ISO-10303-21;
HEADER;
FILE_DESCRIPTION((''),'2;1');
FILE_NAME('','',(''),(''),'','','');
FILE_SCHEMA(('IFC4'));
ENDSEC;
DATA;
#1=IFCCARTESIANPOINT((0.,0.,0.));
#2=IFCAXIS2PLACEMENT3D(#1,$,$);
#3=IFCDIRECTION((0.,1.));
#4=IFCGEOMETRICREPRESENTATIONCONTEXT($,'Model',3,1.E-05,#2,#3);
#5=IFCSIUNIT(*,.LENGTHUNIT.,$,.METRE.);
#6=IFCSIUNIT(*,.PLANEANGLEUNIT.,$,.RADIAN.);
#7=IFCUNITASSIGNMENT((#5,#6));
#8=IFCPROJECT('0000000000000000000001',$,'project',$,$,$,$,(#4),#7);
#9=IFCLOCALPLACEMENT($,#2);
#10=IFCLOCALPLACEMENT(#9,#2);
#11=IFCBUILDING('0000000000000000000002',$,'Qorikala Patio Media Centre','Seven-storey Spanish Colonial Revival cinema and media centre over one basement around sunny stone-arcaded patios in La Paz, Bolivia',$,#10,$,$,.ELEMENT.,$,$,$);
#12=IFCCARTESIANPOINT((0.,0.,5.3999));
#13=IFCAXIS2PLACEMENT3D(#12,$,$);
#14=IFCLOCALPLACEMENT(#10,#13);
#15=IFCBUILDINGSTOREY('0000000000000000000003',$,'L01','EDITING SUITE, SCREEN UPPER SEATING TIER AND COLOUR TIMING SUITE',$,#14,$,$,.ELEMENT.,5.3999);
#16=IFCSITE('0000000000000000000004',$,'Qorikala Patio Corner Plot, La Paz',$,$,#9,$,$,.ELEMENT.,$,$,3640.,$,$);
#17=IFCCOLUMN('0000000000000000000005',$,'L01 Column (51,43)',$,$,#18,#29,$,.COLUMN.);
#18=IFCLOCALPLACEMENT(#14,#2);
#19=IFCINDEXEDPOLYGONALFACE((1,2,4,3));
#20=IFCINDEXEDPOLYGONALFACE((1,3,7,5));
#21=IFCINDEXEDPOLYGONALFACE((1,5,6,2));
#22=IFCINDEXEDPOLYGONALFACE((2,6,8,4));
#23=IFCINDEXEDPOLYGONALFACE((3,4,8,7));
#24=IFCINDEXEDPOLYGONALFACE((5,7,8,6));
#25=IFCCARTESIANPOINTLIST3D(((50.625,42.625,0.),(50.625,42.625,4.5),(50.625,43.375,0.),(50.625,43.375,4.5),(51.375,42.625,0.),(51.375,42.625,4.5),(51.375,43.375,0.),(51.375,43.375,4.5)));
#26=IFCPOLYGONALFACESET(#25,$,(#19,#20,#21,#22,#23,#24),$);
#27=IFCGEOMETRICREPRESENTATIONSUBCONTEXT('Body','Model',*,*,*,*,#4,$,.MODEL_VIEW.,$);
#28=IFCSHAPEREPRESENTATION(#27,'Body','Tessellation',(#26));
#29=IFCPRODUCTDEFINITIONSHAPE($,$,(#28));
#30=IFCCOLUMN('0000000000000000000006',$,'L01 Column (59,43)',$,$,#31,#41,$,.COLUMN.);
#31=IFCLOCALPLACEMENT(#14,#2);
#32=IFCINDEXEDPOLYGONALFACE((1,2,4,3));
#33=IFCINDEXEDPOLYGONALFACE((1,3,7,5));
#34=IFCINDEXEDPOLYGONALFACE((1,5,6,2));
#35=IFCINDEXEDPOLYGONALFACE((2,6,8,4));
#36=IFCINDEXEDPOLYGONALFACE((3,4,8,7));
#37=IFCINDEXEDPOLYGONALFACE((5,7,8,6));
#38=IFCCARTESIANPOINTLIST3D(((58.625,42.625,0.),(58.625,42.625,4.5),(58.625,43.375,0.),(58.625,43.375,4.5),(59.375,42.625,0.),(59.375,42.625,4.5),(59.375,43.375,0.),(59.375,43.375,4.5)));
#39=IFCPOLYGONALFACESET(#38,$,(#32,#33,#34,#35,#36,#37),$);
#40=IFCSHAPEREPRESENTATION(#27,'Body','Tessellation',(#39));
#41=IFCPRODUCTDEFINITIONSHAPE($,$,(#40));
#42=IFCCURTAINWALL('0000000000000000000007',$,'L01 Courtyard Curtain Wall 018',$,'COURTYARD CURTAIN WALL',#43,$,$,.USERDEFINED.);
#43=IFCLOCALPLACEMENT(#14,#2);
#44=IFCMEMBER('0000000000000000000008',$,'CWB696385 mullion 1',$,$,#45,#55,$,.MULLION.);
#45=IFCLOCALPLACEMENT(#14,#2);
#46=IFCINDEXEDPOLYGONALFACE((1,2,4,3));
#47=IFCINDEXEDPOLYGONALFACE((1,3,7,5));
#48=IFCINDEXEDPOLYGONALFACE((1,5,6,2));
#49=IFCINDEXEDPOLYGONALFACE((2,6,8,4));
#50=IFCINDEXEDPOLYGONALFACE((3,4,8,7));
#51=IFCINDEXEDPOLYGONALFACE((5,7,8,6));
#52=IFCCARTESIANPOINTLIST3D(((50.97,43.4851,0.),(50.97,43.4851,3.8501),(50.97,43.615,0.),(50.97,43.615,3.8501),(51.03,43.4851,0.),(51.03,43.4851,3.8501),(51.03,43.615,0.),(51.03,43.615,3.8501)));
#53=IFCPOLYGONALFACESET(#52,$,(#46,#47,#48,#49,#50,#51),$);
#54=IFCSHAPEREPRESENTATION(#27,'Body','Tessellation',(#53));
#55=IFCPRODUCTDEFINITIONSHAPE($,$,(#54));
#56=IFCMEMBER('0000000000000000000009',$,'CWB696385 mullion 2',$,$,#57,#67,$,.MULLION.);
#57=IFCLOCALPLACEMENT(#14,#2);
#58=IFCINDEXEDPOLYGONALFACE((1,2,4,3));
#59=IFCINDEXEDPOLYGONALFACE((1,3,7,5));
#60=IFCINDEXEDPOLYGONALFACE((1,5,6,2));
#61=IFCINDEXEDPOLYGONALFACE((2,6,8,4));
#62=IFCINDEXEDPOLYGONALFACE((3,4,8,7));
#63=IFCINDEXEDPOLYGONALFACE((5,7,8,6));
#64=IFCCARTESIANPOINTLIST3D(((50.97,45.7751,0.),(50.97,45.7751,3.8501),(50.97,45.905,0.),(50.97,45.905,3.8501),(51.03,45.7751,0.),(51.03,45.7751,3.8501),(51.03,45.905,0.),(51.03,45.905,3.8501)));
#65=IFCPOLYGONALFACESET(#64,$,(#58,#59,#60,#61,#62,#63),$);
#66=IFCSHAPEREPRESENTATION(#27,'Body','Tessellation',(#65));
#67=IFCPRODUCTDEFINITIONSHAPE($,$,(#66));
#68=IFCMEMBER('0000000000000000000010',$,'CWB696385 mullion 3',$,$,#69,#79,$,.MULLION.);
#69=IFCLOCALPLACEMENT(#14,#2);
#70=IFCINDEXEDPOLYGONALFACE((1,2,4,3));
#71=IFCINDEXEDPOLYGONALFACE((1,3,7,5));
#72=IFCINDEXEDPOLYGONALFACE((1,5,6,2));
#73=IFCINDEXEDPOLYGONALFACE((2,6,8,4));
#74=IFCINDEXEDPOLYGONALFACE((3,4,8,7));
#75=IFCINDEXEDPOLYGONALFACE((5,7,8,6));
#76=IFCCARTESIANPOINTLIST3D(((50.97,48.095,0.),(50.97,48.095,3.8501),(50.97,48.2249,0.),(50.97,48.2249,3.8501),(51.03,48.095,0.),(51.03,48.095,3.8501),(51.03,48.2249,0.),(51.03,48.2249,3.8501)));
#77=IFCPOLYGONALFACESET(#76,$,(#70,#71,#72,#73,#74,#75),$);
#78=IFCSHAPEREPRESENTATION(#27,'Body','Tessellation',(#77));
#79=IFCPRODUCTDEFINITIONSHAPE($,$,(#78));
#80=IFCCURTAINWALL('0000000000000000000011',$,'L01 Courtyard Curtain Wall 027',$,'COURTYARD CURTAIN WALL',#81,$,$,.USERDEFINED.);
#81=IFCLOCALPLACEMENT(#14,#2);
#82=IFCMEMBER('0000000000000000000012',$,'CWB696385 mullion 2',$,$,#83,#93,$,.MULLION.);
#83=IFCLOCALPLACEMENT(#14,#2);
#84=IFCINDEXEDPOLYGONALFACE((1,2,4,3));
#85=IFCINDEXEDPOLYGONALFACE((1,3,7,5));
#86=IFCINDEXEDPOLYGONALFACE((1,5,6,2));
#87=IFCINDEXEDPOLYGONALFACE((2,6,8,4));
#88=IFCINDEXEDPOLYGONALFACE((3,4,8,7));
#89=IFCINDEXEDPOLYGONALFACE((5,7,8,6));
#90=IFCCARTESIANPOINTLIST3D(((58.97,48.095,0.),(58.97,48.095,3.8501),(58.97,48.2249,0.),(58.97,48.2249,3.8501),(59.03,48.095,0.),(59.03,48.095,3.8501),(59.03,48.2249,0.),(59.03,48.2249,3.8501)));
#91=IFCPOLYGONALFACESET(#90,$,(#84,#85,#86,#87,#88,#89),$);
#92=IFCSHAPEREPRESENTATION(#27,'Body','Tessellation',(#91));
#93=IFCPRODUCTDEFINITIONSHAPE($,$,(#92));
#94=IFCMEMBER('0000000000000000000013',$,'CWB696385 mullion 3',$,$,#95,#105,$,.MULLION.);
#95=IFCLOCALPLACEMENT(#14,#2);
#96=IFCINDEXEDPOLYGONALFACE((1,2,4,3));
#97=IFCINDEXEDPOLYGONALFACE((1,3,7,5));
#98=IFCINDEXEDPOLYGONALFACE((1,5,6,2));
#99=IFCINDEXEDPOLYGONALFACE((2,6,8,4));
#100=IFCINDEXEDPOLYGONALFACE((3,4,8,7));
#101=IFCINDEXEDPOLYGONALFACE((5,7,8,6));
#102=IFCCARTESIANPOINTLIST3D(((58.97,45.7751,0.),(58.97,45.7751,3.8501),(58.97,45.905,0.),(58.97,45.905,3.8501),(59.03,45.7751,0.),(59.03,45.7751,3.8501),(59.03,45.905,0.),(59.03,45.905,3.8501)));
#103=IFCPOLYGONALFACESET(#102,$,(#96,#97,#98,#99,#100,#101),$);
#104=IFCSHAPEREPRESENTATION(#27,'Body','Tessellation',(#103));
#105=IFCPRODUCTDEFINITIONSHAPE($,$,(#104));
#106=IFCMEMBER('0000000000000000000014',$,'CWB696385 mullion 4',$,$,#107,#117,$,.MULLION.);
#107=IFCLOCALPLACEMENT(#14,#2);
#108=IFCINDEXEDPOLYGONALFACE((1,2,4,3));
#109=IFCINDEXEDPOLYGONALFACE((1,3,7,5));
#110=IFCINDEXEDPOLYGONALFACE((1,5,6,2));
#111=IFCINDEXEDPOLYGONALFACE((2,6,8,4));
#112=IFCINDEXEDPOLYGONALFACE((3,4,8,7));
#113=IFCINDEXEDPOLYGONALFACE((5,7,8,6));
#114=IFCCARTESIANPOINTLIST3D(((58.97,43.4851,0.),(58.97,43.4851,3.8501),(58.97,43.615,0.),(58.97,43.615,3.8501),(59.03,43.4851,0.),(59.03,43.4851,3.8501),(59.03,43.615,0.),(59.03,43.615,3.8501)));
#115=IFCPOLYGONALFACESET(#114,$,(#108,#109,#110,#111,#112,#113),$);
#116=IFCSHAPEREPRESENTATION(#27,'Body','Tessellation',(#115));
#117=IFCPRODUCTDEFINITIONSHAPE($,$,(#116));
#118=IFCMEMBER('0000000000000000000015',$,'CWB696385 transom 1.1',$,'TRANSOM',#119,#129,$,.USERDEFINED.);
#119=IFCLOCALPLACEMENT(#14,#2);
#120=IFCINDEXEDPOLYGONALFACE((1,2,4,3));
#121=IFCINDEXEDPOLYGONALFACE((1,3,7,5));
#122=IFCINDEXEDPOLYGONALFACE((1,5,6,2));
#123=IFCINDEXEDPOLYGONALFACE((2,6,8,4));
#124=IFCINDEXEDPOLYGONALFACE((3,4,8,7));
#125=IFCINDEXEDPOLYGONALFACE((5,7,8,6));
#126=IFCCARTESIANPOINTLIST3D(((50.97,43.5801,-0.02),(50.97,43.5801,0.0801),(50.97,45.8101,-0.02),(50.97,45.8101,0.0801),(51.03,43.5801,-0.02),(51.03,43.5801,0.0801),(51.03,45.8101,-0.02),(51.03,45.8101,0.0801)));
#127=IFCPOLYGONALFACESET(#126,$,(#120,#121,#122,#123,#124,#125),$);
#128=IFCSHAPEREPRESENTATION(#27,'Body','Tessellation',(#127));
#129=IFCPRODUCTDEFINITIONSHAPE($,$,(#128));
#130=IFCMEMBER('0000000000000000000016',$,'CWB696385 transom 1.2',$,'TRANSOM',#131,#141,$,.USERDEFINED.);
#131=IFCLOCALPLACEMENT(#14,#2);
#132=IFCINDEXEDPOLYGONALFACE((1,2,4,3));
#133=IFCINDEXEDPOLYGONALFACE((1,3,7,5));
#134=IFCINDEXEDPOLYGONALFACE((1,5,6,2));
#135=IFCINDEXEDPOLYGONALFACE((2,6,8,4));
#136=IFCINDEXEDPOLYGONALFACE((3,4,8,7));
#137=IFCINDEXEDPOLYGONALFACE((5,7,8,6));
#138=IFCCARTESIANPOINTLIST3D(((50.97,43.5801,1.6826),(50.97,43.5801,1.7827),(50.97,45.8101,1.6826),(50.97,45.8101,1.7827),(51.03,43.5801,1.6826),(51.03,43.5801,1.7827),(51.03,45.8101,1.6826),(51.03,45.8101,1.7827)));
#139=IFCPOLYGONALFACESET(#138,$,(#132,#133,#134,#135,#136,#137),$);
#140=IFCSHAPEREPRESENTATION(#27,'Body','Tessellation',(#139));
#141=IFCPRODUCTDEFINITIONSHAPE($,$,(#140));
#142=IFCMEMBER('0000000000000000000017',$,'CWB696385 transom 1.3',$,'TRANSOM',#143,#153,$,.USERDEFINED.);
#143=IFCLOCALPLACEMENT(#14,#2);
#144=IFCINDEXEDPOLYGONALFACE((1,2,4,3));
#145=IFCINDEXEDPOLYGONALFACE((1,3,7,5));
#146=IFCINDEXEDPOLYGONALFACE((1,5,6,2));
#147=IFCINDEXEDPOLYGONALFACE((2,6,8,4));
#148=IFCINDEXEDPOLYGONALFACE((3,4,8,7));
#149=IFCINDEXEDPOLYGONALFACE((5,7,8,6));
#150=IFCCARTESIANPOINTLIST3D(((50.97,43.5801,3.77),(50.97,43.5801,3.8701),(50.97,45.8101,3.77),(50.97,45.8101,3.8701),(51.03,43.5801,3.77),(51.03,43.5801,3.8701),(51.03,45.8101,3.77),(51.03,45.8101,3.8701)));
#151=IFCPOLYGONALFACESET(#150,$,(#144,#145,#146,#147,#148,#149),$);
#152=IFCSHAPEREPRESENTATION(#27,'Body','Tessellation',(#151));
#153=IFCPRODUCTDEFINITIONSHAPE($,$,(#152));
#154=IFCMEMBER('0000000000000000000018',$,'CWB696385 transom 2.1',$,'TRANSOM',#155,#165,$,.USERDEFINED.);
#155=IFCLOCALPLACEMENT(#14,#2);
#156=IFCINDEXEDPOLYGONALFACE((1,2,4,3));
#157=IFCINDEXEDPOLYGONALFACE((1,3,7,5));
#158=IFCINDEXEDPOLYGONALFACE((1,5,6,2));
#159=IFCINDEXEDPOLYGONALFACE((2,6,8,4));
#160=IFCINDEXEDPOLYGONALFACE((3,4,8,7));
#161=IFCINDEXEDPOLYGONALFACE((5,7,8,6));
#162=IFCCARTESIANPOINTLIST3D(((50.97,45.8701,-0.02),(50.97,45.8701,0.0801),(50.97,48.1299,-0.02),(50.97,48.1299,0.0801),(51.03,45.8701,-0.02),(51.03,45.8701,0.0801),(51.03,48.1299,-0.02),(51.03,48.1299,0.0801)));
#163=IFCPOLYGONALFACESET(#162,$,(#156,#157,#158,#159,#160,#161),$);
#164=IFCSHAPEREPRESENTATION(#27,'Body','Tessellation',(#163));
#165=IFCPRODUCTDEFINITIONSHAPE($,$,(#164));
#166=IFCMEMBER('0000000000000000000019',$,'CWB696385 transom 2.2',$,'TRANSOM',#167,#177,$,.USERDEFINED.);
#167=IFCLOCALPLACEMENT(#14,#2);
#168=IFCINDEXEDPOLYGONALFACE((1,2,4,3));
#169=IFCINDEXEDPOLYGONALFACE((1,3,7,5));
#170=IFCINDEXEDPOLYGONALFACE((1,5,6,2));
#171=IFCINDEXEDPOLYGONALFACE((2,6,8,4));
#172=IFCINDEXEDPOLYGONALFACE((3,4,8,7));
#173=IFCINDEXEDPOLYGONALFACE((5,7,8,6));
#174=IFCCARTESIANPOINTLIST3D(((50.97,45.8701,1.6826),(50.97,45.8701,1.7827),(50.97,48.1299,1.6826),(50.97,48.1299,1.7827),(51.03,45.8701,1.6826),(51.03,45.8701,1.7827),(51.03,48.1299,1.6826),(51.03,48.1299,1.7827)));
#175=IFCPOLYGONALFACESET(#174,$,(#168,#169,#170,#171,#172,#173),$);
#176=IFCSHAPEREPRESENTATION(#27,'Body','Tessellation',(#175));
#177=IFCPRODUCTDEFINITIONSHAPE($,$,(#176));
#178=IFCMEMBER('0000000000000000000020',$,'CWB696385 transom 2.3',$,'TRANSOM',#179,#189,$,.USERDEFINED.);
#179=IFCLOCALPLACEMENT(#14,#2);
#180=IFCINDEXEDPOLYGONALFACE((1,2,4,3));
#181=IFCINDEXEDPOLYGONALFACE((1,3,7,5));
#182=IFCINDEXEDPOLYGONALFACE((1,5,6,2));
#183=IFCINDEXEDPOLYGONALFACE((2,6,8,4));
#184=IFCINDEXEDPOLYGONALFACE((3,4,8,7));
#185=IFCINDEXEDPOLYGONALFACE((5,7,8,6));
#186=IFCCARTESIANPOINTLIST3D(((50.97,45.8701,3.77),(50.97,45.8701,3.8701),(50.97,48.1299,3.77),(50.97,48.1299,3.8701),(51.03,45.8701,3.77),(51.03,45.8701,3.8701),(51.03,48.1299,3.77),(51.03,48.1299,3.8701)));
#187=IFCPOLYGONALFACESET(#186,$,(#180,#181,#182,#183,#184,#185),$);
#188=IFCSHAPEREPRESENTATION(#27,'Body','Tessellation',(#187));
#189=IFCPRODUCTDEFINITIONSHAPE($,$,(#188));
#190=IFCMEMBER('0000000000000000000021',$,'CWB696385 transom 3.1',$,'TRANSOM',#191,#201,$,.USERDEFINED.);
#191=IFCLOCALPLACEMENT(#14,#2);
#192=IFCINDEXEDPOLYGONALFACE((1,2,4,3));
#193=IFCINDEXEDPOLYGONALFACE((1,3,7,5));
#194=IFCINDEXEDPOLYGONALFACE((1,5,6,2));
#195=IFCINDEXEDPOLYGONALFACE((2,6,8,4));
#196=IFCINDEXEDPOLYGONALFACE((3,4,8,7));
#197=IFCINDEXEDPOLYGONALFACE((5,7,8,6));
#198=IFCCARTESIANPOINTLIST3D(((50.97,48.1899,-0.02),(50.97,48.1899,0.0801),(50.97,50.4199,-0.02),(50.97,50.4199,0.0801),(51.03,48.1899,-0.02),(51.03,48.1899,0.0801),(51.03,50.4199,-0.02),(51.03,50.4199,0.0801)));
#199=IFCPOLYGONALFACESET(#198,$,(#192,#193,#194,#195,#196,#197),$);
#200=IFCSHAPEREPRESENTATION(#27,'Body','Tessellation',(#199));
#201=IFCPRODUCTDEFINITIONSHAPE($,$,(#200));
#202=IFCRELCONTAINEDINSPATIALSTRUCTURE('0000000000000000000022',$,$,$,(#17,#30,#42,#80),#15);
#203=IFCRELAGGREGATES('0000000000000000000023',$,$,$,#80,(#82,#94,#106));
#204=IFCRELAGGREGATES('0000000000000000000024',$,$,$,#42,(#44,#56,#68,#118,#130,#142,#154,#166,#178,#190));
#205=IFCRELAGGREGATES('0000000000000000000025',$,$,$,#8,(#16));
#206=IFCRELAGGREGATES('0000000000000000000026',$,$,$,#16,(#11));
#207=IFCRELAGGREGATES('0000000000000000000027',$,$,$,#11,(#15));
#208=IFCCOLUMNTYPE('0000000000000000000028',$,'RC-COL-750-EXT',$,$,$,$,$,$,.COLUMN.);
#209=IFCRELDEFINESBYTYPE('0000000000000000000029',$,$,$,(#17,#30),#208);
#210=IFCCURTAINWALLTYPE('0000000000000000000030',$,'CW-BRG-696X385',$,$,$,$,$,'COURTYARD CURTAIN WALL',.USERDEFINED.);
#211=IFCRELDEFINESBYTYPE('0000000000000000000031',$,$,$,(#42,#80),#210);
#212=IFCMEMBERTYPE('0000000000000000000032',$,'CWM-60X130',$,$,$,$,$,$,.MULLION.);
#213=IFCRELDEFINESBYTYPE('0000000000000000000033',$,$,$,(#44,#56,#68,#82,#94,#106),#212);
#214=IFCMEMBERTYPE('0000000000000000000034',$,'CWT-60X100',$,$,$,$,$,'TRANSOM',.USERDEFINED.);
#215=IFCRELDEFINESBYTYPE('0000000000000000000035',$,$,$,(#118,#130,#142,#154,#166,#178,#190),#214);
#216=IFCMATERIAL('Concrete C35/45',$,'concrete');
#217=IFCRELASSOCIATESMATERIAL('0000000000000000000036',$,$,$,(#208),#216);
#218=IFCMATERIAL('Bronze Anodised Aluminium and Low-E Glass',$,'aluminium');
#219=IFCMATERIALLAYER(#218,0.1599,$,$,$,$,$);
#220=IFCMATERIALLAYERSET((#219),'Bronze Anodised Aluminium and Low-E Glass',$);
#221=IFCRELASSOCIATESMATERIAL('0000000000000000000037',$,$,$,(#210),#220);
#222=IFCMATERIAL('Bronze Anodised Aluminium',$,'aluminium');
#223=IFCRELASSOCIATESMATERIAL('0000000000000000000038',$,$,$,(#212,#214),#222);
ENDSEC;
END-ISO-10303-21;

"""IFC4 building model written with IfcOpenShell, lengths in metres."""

from ifc_helpers import new_model, si_unit, direction, frame, origin, origin_2d, place, context, subcontext, project, spatial, rectangle, extrude, material, layer, layer_set, material_profile, profile_set, type_object, element, aggregate, save


model = new_model("IFC4")

# Units and contexts
model_context = context("Model", 3, precision=1e-05, world=origin(), true_north=direction((0.0, 1.0)))
body_context = subcontext(model_context, "Body", "Model", "MODEL_VIEW")
ifc_project = project(units=[si_unit("LENGTHUNIT", "METRE"), si_unit("PLANEANGLEUNIT", "RADIAN")], contexts=[model_context])

# Site, building, storey
site_placement = place(None, origin())
site = spatial("IfcSite", under=ifc_project, at=site_placement, Name="Qorikala Patio Corner Plot, La Paz", CompositionType="ELEMENT", RefElevation=3640.0)
building_placement = place(site_placement, origin())
building = spatial("IfcBuilding", under=site, at=building_placement, Name="Qorikala Patio Media Centre", Description="Seven-storey Spanish Colonial Revival cinema and media centre over one basement around sunny stone-arcaded patios in La Paz, Bolivia", CompositionType="ELEMENT")
storey_placement = place(building_placement, frame((0.0, 0.0, 5.3999)))
storey = spatial("IfcBuildingStorey", under=building, at=storey_placement, Name="L01", Description="EDITING SUITE, SCREEN UPPER SEATING TIER AND COLOUR TIMING SUITE", CompositionType="ELEMENT", Elevation=5.3999)

# Columns
ifc_material_1 = material(Name="Concrete C35/45", Category="concrete")
ifc_material_profile_1 = material_profile(ifc_material_1, rectangle(XDim=0.75, YDim=0.75, at=origin_2d()), Name="RC 750x750")
ifc_profile_set_1 = profile_set([ifc_material_profile_1], Name="Concrete C35/45")
column_type = type_object("IfcColumnType", Name="RC-COL-750-EXT", PredefinedType="COLUMN", material=ifc_profile_set_1)
for number, where, z_axis, x_axis, name in (
    (1, (51.0, 43.0, 0.0), (0.0, 0.0, 1.0), (1.0, 0.0, 0.0), "L01 Column (51,43)"),
    (2, (59.0, 43.0, 0.0), (0.0, 0.0, 1.0), (1.0, 0.0, 0.0), "L01 Column (59,43)"),
):
    element("IfcColumn", number, at=place(storey_placement, frame(where, z_axis=z_axis, x_axis=x_axis)), inside=storey, type_object=column_type, Name=name, PredefinedType="COLUMN", context=body_context, shape_type="SweptSolid", body=[
        extrude(rectangle(XDim=0.75, YDim=0.75, at=origin_2d()), origin(), (0.0, 0.0, 1.0), 4.5),
    ])

# Curtain walls, members
ifc_material_2 = material(Name="Bronze Anodised Aluminium and Low-E Glass", Category="aluminium")
ifc_layer_1 = layer(ifc_material_2, 0.1599)
ifc_layer_set_1 = layer_set([ifc_layer_1], Name="Bronze Anodised Aluminium and Low-E Glass")
curtain_wall_type = type_object("IfcCurtainWallType", Name="CW-BRG-696X385", ElementType="COURTYARD CURTAIN WALL", PredefinedType="USERDEFINED", material=ifc_layer_set_1)
curtain_wall_1_placement = place(storey_placement, origin())
curtain_wall_1 = element("IfcCurtainWall", 3, at=curtain_wall_1_placement, inside=storey, type_object=curtain_wall_type, Name="L01 Courtyard Curtain Wall 018", ObjectType="COURTYARD CURTAIN WALL", PredefinedType="USERDEFINED")
ifc_material_3 = material(Name="Bronze Anodised Aluminium", Category="aluminium")
ifc_material_profile_2 = material_profile(ifc_material_3, rectangle(XDim=0.0601, YDim=0.1299, at=origin_2d()), Name="ALU MULLION 60x130")
ifc_profile_set_2 = profile_set([ifc_material_profile_2], Name="Bronze Anodised Aluminium")
member_type_1 = type_object("IfcMemberType", Name="CWM-60X130", PredefinedType="MULLION", material=ifc_profile_set_2)
member_1_placement = place(storey_placement, frame((51.0, 43.55, 0.0), z_axis=(0.0, 0.0, 1.0), x_axis=(-1.0, 0.0, 0.0)))
member_1 = element("IfcMember", 4, at=member_1_placement, type_object=member_type_1, Name="CWB696385 mullion 1", PredefinedType="MULLION", context=body_context, shape_type="SweptSolid", body=[
    extrude(rectangle(XDim=0.0601, YDim=0.1299, at=origin_2d()), origin(), (0.0, 0.0, 1.0), 3.8501),
])
member_2_placement = place(storey_placement, frame((51.0, 45.8401, 0.0), z_axis=(0.0, 0.0, 1.0), x_axis=(-1.0, 0.0, 0.0)))
member_2 = element("IfcMember", 5, at=member_2_placement, type_object=member_type_1, Name="CWB696385 mullion 2", PredefinedType="MULLION", context=body_context, shape_type="SweptSolid", body=[
    extrude(rectangle(XDim=0.0601, YDim=0.1299, at=origin_2d()), origin(), (0.0, 0.0, 1.0), 3.8501),
])
member_3_placement = place(storey_placement, frame((51.0, 48.1599, 0.0), z_axis=(0.0, 0.0, 1.0), x_axis=(-1.0, 0.0, 0.0)))
member_3 = element("IfcMember", 6, at=member_3_placement, type_object=member_type_1, Name="CWB696385 mullion 3", PredefinedType="MULLION", context=body_context, shape_type="SweptSolid", body=[
    extrude(rectangle(XDim=0.0601, YDim=0.1299, at=origin_2d()), origin(), (0.0, 0.0, 1.0), 3.8501),
])
curtain_wall_2_placement = place(storey_placement, origin())
curtain_wall_2 = element("IfcCurtainWall", 7, at=curtain_wall_2_placement, inside=storey, type_object=curtain_wall_type, Name="L01 Courtyard Curtain Wall 027", ObjectType="COURTYARD CURTAIN WALL", PredefinedType="USERDEFINED")
member_4_placement = place(storey_placement, frame((59.0, 48.1599, 0.0), z_axis=(0.0, 0.0, 1.0), x_axis=(1.0, 0.0, 0.0)))
member_4 = element("IfcMember", 8, at=member_4_placement, type_object=member_type_1, Name="CWB696385 mullion 2", PredefinedType="MULLION", context=body_context, shape_type="SweptSolid", body=[
    extrude(rectangle(XDim=0.0601, YDim=0.1299, at=origin_2d()), origin(), (0.0, 0.0, 1.0), 3.8501),
])
member_5_placement = place(storey_placement, frame((59.0, 45.8401, 0.0), z_axis=(0.0, 0.0, 1.0), x_axis=(1.0, 0.0, 0.0)))
member_5 = element("IfcMember", 9, at=member_5_placement, type_object=member_type_1, Name="CWB696385 mullion 3", PredefinedType="MULLION", context=body_context, shape_type="SweptSolid", body=[
    extrude(rectangle(XDim=0.0601, YDim=0.1299, at=origin_2d()), origin(), (0.0, 0.0, 1.0), 3.8501),
])
member_6_placement = place(storey_placement, frame((59.0, 43.55, 0.0), z_axis=(0.0, 0.0, 1.0), x_axis=(1.0, 0.0, 0.0)))
member_6 = element("IfcMember", 10, at=member_6_placement, type_object=member_type_1, Name="CWB696385 mullion 4", PredefinedType="MULLION", context=body_context, shape_type="SweptSolid", body=[
    extrude(rectangle(XDim=0.0601, YDim=0.1299, at=origin_2d()), origin(), (0.0, 0.0, 1.0), 3.8501),
])

# Members
ifc_material_profile_3 = material_profile(ifc_material_3, rectangle(XDim=0.0601, YDim=0.1001, at=origin_2d()), Name="ALU TRANSOM 60x100")
ifc_profile_set_3 = profile_set([ifc_material_profile_3], Name="Bronze Anodised Aluminium")
member_type_2 = type_object("IfcMemberType", Name="CWT-60X100", ElementType="TRANSOM", PredefinedType="USERDEFINED", material=ifc_profile_set_3)
member_7_placement = place(storey_placement, frame((51.0, 43.5801, 0.03), z_axis=(0.0, 1.0, 0.0), x_axis=(-1.0, 0.0, 0.0)))
member_7 = element("IfcMember", 11, at=member_7_placement, type_object=member_type_2, Name="CWB696385 transom 1.1", ObjectType="TRANSOM", PredefinedType="USERDEFINED", context=body_context, shape_type="SweptSolid", body=[
    extrude(rectangle(XDim=0.0601, YDim=0.1001, at=origin_2d()), origin(), (0.0, 0.0, 1.0), 2.23),
])
member_8_placement = place(storey_placement, frame((51.0, 43.5801, 1.7327), z_axis=(0.0, 1.0, 0.0), x_axis=(-1.0, 0.0, 0.0)))
member_8 = element("IfcMember", 12, at=member_8_placement, type_object=member_type_2, Name="CWB696385 transom 1.2", ObjectType="TRANSOM", PredefinedType="USERDEFINED", context=body_context, shape_type="SweptSolid", body=[
    extrude(rectangle(XDim=0.0601, YDim=0.1001, at=origin_2d()), origin(), (0.0, 0.0, 1.0), 2.23),
])
member_9_placement = place(storey_placement, frame((51.0, 43.5801, 3.8201), z_axis=(0.0, 1.0, 0.0), x_axis=(-1.0, 0.0, 0.0)))
member_9 = element("IfcMember", 13, at=member_9_placement, type_object=member_type_2, Name="CWB696385 transom 1.3", ObjectType="TRANSOM", PredefinedType="USERDEFINED", context=body_context, shape_type="SweptSolid", body=[
    extrude(rectangle(XDim=0.0601, YDim=0.1001, at=origin_2d()), origin(), (0.0, 0.0, 1.0), 2.23),
])
member_10_placement = place(storey_placement, frame((51.0, 45.8701, 0.03), z_axis=(0.0, 1.0, 0.0), x_axis=(-1.0, 0.0, 0.0)))
member_10 = element("IfcMember", 14, at=member_10_placement, type_object=member_type_2, Name="CWB696385 transom 2.1", ObjectType="TRANSOM", PredefinedType="USERDEFINED", context=body_context, shape_type="SweptSolid", body=[
    extrude(rectangle(XDim=0.0601, YDim=0.1001, at=origin_2d()), origin(), (0.0, 0.0, 1.0), 2.2598),
])
member_11_placement = place(storey_placement, frame((51.0, 45.8701, 1.7327), z_axis=(0.0, 1.0, 0.0), x_axis=(-1.0, 0.0, 0.0)))
member_11 = element("IfcMember", 15, at=member_11_placement, type_object=member_type_2, Name="CWB696385 transom 2.2", ObjectType="TRANSOM", PredefinedType="USERDEFINED", context=body_context, shape_type="SweptSolid", body=[
    extrude(rectangle(XDim=0.0601, YDim=0.1001, at=origin_2d()), origin(), (0.0, 0.0, 1.0), 2.2598),
])
member_12_placement = place(storey_placement, frame((51.0, 45.8701, 3.8201), z_axis=(0.0, 1.0, 0.0), x_axis=(-1.0, 0.0, 0.0)))
member_12 = element("IfcMember", 16, at=member_12_placement, type_object=member_type_2, Name="CWB696385 transom 2.3", ObjectType="TRANSOM", PredefinedType="USERDEFINED", context=body_context, shape_type="SweptSolid", body=[
    extrude(rectangle(XDim=0.0601, YDim=0.1001, at=origin_2d()), origin(), (0.0, 0.0, 1.0), 2.2598),
])
member_13_placement = place(storey_placement, frame((51.0, 48.1899, 0.03), z_axis=(0.0, 1.0, 0.0), x_axis=(-1.0, 0.0, 0.0)))
member_13 = element("IfcMember", 17, at=member_13_placement, type_object=member_type_2, Name="CWB696385 transom 3.1", ObjectType="TRANSOM", PredefinedType="USERDEFINED", context=body_context, shape_type="SweptSolid", body=[
    extrude(rectangle(XDim=0.0601, YDim=0.1001, at=origin_2d()), origin(), (0.0, 0.0, 1.0), 2.23),
])
aggregate(curtain_wall_2, [member_4, member_5, member_6])

aggregate(curtain_wall_1, [member_1, member_2, member_3, member_7, member_8, member_9, member_10, member_11, member_12, member_13])

save(model, "model.ifc")
